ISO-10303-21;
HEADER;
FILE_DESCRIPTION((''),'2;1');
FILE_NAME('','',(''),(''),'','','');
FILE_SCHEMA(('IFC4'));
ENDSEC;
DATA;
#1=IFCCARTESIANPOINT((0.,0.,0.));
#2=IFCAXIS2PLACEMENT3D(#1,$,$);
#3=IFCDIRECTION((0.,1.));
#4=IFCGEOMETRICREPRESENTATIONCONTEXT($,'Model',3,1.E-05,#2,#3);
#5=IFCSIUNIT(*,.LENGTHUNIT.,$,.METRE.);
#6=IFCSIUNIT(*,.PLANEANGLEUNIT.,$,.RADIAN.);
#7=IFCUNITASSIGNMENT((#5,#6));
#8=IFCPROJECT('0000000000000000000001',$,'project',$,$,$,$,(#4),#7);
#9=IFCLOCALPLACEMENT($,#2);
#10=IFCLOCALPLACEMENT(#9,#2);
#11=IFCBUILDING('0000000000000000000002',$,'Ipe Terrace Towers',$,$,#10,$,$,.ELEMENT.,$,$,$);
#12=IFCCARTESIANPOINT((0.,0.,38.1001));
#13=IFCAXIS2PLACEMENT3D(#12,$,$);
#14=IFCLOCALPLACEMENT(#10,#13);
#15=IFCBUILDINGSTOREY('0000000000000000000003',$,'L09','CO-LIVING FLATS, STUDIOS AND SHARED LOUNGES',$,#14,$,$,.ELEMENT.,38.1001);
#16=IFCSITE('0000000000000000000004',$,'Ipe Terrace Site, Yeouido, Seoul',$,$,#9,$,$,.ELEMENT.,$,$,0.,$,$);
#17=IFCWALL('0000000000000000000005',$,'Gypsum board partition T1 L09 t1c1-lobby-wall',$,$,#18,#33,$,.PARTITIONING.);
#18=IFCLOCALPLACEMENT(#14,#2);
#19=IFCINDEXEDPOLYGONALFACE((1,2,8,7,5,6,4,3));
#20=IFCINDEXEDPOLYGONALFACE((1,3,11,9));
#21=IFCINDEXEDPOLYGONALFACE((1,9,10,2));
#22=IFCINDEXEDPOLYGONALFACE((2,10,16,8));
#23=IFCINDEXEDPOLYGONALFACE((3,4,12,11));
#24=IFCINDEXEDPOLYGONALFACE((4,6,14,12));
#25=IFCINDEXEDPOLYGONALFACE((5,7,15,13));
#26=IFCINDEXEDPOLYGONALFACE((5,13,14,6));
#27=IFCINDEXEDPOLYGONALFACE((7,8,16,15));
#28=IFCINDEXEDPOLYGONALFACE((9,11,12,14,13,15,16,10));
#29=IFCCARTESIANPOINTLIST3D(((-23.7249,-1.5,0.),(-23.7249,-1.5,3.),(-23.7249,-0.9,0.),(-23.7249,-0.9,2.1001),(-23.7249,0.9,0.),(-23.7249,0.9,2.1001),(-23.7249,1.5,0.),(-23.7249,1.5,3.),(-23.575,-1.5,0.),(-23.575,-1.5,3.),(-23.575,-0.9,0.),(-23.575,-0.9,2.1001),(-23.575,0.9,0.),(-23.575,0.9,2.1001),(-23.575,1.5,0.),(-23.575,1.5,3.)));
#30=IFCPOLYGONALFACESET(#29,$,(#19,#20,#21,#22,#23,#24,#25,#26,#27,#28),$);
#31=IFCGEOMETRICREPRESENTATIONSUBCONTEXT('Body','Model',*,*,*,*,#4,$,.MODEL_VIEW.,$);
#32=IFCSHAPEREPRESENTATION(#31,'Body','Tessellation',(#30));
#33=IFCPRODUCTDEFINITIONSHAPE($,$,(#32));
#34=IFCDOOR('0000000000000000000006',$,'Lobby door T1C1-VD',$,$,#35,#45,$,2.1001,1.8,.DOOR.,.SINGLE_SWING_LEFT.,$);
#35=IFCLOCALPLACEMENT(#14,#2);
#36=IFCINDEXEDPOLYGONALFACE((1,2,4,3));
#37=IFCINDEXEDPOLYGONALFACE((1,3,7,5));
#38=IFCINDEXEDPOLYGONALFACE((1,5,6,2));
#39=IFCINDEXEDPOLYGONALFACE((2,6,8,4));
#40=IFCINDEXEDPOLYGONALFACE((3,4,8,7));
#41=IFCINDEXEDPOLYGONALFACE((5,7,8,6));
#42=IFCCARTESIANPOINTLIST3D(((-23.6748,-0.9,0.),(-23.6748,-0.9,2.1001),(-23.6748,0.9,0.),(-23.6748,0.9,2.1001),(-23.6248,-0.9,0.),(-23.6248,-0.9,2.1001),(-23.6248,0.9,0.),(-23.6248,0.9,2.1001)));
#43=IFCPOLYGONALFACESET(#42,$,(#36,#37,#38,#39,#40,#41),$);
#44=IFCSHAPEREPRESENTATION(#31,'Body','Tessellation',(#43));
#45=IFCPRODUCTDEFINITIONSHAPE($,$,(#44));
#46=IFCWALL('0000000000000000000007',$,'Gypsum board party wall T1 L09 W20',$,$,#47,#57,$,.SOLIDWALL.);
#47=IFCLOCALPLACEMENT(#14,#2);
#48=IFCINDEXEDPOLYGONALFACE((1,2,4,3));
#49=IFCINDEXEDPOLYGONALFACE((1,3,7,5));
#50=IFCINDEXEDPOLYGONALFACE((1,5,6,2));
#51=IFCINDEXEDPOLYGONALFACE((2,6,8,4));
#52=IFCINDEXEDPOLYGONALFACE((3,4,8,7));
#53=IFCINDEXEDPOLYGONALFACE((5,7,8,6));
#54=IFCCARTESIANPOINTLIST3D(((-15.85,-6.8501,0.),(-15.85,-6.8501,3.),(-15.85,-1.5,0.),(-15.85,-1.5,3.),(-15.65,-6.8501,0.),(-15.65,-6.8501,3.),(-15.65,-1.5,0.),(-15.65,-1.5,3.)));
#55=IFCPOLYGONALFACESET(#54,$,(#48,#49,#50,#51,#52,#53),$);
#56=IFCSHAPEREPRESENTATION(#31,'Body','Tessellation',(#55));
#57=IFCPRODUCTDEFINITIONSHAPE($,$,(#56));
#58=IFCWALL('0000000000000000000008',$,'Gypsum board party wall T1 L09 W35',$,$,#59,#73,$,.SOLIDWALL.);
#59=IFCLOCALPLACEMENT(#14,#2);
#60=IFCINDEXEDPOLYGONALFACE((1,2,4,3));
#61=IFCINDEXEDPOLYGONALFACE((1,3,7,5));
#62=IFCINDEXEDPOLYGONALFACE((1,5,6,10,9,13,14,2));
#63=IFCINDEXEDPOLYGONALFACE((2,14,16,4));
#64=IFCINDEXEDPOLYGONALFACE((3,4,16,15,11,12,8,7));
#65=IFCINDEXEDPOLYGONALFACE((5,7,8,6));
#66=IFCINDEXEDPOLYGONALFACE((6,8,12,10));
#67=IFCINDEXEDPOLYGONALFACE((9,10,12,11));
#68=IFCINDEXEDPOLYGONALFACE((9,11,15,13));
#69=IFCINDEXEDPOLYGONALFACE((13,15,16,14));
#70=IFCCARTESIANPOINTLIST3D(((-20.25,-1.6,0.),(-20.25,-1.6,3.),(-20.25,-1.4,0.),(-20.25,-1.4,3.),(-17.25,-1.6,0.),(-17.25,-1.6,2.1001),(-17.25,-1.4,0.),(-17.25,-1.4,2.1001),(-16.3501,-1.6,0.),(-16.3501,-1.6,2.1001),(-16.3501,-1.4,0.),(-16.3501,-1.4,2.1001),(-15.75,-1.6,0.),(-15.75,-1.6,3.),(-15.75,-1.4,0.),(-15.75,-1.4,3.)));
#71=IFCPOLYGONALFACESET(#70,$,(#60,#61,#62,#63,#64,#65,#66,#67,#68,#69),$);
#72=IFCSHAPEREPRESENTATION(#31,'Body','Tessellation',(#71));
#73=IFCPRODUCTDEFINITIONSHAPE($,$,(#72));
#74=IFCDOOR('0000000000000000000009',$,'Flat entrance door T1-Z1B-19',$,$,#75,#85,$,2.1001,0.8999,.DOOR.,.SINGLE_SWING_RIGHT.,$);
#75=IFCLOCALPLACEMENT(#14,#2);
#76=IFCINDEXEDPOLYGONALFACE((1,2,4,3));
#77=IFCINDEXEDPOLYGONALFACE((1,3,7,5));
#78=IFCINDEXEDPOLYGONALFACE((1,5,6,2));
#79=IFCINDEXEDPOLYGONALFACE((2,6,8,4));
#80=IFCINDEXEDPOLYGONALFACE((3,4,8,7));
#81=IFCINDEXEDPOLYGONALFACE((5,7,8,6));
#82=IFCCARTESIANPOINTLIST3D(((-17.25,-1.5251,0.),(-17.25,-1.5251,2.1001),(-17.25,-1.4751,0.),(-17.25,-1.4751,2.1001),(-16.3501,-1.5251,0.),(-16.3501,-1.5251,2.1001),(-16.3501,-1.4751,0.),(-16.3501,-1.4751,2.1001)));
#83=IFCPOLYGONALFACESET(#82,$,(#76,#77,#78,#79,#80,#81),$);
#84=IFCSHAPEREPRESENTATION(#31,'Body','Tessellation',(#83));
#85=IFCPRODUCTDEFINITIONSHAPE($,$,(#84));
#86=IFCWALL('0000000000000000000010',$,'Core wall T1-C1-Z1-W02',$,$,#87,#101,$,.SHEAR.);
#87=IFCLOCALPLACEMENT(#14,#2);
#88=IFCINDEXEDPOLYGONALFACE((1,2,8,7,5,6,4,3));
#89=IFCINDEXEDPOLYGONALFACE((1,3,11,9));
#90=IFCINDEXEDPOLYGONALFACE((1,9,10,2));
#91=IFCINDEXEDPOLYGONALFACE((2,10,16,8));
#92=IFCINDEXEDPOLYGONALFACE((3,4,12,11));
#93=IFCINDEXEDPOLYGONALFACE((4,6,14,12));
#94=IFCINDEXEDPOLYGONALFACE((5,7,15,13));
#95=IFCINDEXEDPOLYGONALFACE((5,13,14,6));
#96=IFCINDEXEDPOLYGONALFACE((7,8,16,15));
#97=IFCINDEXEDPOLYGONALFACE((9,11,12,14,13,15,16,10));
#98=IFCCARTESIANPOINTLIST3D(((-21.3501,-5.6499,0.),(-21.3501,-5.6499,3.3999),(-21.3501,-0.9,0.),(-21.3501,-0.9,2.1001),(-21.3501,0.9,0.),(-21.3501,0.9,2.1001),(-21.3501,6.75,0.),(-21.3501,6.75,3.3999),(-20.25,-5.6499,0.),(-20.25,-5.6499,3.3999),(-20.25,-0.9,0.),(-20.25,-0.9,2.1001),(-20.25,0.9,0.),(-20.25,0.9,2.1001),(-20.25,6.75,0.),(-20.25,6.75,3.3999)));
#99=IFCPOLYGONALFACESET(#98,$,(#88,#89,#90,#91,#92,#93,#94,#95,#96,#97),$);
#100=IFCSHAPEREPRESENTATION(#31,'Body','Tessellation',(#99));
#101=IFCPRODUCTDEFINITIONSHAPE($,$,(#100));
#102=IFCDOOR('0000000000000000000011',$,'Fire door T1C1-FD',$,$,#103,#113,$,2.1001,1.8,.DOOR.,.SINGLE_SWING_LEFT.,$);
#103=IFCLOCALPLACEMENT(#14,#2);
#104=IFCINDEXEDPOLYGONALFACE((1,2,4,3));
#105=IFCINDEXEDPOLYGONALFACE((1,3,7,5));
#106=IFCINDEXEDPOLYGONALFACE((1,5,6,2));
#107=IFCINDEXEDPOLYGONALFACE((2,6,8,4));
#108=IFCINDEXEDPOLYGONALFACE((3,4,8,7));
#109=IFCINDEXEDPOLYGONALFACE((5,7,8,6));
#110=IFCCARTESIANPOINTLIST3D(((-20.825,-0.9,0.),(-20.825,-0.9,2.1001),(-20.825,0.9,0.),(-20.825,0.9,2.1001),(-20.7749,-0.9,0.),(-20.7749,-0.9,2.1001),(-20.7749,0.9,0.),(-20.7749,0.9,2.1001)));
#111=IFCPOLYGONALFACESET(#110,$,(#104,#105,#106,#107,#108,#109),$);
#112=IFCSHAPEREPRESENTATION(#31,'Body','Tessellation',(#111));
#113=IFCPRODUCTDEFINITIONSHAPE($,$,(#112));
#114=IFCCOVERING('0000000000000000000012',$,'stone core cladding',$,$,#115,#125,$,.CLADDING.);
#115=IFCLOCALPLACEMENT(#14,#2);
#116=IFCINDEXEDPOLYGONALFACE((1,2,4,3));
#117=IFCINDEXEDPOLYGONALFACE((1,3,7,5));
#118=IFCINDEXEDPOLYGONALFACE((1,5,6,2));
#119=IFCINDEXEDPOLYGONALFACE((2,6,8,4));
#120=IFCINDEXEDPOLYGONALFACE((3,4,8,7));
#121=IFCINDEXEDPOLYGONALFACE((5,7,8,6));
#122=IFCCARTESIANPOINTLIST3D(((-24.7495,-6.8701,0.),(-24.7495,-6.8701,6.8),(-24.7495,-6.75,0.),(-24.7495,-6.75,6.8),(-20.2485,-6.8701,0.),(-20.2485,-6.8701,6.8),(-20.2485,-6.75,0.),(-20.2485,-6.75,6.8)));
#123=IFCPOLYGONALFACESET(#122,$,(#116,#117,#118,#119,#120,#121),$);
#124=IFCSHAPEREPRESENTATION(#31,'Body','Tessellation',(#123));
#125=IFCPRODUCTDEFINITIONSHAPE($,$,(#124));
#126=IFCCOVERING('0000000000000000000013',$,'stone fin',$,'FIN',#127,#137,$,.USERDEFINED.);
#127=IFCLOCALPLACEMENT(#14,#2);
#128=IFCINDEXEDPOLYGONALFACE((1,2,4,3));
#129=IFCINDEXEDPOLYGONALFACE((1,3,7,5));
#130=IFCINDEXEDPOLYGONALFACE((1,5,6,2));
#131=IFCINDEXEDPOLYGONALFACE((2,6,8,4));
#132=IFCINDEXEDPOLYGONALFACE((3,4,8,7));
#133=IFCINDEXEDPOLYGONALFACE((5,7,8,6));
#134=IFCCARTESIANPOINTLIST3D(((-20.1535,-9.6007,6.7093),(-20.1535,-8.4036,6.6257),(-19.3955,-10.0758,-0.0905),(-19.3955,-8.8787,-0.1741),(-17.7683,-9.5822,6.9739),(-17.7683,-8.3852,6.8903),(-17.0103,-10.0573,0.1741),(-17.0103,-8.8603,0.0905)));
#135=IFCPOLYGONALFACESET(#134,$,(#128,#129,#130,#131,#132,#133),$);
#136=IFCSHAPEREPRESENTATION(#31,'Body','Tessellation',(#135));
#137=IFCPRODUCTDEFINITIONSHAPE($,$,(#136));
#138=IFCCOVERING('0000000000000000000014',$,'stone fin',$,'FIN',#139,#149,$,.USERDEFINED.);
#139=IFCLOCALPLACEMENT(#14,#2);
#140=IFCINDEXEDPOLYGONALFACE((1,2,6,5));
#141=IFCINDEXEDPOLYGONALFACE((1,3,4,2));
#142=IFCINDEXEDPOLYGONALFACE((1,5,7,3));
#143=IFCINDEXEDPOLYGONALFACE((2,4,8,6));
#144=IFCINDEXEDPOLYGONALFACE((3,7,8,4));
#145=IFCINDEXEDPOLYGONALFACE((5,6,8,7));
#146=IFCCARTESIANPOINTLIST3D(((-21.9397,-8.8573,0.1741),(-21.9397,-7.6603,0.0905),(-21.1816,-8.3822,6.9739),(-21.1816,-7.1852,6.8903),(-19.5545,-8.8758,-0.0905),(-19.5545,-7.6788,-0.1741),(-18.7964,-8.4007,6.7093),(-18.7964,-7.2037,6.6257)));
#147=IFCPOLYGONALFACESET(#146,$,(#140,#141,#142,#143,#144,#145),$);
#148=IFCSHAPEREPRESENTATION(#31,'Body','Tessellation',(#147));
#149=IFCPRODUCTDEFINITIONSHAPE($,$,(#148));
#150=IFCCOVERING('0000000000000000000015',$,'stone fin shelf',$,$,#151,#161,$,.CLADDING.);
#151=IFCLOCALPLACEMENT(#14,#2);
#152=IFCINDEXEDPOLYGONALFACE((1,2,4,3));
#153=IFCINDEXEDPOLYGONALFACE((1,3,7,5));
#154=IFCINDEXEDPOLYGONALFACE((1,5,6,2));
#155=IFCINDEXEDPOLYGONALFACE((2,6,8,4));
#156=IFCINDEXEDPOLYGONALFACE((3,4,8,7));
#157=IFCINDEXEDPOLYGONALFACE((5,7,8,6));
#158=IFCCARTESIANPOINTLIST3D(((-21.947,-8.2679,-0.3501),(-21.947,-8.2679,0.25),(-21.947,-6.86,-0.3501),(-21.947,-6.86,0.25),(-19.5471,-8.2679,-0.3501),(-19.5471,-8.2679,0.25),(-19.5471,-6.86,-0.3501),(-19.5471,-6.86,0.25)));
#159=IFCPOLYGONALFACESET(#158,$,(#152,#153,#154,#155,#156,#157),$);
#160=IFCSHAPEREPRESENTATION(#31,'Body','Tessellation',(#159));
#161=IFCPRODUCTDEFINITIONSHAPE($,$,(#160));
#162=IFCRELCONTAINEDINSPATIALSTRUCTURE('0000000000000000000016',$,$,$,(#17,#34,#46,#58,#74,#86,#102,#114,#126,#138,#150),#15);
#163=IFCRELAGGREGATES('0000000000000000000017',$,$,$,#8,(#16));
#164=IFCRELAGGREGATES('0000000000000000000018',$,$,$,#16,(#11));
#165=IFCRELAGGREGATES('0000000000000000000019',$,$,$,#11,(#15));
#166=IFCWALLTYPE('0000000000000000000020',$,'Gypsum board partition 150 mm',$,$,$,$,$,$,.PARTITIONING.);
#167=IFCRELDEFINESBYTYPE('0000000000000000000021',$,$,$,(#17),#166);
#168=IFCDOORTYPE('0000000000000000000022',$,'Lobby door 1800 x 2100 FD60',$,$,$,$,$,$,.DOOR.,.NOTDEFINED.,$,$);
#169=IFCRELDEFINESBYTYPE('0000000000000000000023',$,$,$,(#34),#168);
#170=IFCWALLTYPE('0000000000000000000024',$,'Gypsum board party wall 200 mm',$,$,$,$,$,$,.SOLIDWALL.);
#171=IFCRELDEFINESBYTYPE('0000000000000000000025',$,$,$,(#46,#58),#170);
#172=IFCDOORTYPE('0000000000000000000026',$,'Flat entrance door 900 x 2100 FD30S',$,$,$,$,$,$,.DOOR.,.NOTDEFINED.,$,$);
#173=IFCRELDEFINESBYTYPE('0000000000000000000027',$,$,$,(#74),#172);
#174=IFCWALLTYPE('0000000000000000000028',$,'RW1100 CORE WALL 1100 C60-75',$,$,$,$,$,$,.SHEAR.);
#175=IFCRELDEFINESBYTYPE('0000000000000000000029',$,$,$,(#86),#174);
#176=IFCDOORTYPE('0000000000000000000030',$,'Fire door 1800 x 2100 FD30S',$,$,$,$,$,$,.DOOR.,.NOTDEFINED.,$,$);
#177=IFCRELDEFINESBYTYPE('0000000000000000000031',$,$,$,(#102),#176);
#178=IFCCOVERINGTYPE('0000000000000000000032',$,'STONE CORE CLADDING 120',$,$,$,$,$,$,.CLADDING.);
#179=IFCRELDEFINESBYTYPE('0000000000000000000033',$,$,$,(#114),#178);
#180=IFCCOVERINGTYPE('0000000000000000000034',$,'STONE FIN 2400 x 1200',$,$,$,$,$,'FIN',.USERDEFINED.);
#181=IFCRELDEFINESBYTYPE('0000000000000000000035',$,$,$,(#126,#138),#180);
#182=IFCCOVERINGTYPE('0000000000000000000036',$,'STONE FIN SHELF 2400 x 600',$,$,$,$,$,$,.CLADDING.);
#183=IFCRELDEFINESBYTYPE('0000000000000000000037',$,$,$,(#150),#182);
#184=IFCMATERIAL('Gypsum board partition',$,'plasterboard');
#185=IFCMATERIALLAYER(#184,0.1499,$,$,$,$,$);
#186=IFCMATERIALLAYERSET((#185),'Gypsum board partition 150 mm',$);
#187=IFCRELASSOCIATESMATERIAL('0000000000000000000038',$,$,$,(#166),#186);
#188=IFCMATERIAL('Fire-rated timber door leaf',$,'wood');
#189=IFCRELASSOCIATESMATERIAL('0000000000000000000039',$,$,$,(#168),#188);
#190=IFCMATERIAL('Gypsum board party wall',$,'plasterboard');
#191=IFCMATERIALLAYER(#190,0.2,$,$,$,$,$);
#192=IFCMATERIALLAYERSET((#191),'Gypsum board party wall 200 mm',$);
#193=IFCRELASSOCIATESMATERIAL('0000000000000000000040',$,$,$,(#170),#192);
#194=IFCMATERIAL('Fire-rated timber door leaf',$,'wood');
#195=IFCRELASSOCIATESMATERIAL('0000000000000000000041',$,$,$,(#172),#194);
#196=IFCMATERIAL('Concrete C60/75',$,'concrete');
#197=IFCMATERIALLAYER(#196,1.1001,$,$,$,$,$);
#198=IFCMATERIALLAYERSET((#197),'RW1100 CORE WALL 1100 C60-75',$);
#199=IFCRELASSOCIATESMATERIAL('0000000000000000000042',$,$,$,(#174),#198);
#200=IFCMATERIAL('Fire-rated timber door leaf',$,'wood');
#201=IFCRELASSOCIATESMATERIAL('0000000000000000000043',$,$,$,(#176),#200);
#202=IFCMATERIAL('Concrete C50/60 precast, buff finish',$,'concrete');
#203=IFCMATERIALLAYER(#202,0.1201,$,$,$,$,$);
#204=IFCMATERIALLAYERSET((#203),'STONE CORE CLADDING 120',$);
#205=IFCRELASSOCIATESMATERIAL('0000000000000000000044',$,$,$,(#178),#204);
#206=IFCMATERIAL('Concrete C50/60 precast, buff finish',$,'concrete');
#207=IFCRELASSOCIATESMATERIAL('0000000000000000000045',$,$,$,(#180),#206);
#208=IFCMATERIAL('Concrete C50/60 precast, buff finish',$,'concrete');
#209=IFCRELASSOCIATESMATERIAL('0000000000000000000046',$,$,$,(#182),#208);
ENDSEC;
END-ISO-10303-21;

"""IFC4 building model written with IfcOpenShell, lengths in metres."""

from ifc_helpers import new_model, si_unit, direction, frame, frame_2d, origin, origin_2d, place, context, subcontext, project, spatial, rectangle, extrude, material, layer, layer_set, material_profile, profile_set, type_object, element, fill, save


model = new_model("IFC4")

# Units and contexts
model_context = context("Model", 3, precision=1e-05, world=origin(), true_north=direction((0.0, 1.0)))
body_context = subcontext(model_context, "Body", "Model", "MODEL_VIEW")
ifc_project = project(units=[si_unit("LENGTHUNIT", "METRE"), si_unit("PLANEANGLEUNIT", "RADIAN")], contexts=[model_context])

# Site, building, storey
site_placement = place(None, origin())
site = spatial("IfcSite", under=ifc_project, at=site_placement, Name="Ipe Terrace Site, Yeouido, Seoul", CompositionType="ELEMENT", RefElevation=0.0)
building_placement = place(site_placement, origin())
building = spatial("IfcBuilding", under=site, at=building_placement, Name="Ipe Terrace Towers", CompositionType="ELEMENT")
storey_placement = place(building_placement, frame((0.0, 0.0, 38.1001)))
storey = spatial("IfcBuildingStorey", under=building, at=storey_placement, Name="L09", Description="CO-LIVING FLATS, STUDIOS AND SHARED LOUNGES", CompositionType="ELEMENT", Elevation=38.1001)

# Wall, opening, door
ifc_material_1 = material(Name="Gypsum board partition", Category="plasterboard")
ifc_layer_1 = layer(ifc_material_1, 0.1499)
ifc_layer_set_1 = layer_set([ifc_layer_1], Name="Gypsum board partition 150 mm")
wall_type_1 = type_object("IfcWallType", Name="Gypsum board partition 150 mm", PredefinedType="PARTITIONING", material=ifc_layer_set_1)
wall_1_placement = place(storey_placement, frame((-23.6499, -1.5, 0.0), z_axis=(0.0, 0.0, 1.0), x_axis=(0.0, 1.0, 0.0)))
wall_1 = element("IfcWall", 1, at=wall_1_placement, inside=storey, type_object=wall_type_1, Name="Gypsum board partition T1 L09 t1c1-lobby-wall", PredefinedType="PARTITIONING", context=body_context, shape_type="SweptSolid", body=[
    extrude(rectangle(XDim=3.0, YDim=0.1499, at=frame_2d((1.5, 0.0))), origin(), (0.0, 0.0, 1.0), 3.0),
])
opening_1_placement = place(wall_1_placement, frame((0.6001, 0.0, 0.0)))
opening_1 = element("IfcOpeningElement", 2, at=opening_1_placement, cuts=wall_1, PredefinedType="OPENING", context=body_context, shape_type="SweptSolid", body=[
    extrude(rectangle(XDim=1.8, YDim=2.1001, at=frame_2d((0.8999, 1.05))), frame((0.0, 0.085, 0.0), z_axis=(0.0, -1.0, 0.0), x_axis=(1.0, 0.0, 0.0)), (0.0, 0.0, 1.0), 0.1699),
])
ifc_material_2 = material(Name="Fire-rated timber door leaf", Category="wood")
door_type_1 = type_object("IfcDoorType", Name="Lobby door 1800 x 2100 FD60", OperationType="NOTDEFINED", PredefinedType="DOOR", material=ifc_material_2)
door_1_placement = place(opening_1_placement, origin())
door_1 = element("IfcDoor", 3, at=door_1_placement, inside=storey, type_object=door_type_1, Name="Lobby door T1C1-VD", OperationType="SINGLE_SWING_LEFT", OverallHeight=2.1001, OverallWidth=1.8, PredefinedType="DOOR", context=body_context, shape_type="SweptSolid", body=[
    extrude(rectangle(XDim=1.8, YDim=2.1001, at=frame_2d((0.8999, 1.05))), frame((0.0, 0.0249, 0.0), z_axis=(0.0, -1.0, 0.0), x_axis=(1.0, 0.0, 0.0)), (0.0, 0.0, 1.0), 0.05),
])
fill(opening_1, door_1)

# Wall
ifc_material_3 = material(Name="Gypsum board party wall", Category="plasterboard")
ifc_layer_2 = layer(ifc_material_3, 0.2)
ifc_layer_set_2 = layer_set([ifc_layer_2], Name="Gypsum board party wall 200 mm")
wall_type_2 = type_object("IfcWallType", Name="Gypsum board party wall 200 mm", PredefinedType="SOLIDWALL", material=ifc_layer_set_2)
wall_2_placement = place(storey_placement, frame((-15.75, -6.8501, 0.0), z_axis=(0.0, 0.0, 1.0), x_axis=(0.0, 1.0, 0.0)))
element("IfcWall", 4, at=wall_2_placement, inside=storey, type_object=wall_type_2, Name="Gypsum board party wall T1 L09 W20", PredefinedType="SOLIDWALL", context=body_context, shape_type="SweptSolid", body=[
    extrude(rectangle(XDim=5.3501, YDim=0.2, at=frame_2d((2.675, 0.0))), origin(), (0.0, 0.0, 1.0), 3.0),
])

# Walls, openings, doors
wall_3_placement = place(storey_placement, frame((-20.25, -1.5, 0.0), z_axis=(0.0, 0.0, 1.0), x_axis=(1.0, 0.0, 0.0)))
wall_3 = element("IfcWall", 5, at=wall_3_placement, inside=storey, type_object=wall_type_2, Name="Gypsum board party wall T1 L09 W35", PredefinedType="SOLIDWALL", context=body_context, shape_type="SweptSolid", body=[
    extrude(rectangle(XDim=4.5, YDim=0.2, at=frame_2d((2.25, 0.0))), origin(), (0.0, 0.0, 1.0), 3.0),
])
opening_2_placement = place(wall_3_placement, frame((3.0, 0.0, 0.0)))
opening_2 = element("IfcOpeningElement", 6, at=opening_2_placement, cuts=wall_3, PredefinedType="OPENING", context=body_context, shape_type="SweptSolid", body=[
    extrude(rectangle(XDim=0.8999, YDim=2.1001, at=frame_2d((0.45, 1.05))), frame((0.0, 0.1099, 0.0), z_axis=(0.0, -1.0, 0.0), x_axis=(1.0, 0.0, 0.0)), (0.0, 0.0, 1.0), 0.22),
])
ifc_material_4 = material(Name="Fire-rated timber door leaf", Category="wood")
door_type_2 = type_object("IfcDoorType", Name="Flat entrance door 900 x 2100 FD30S", OperationType="NOTDEFINED", PredefinedType="DOOR", material=ifc_material_4)
door_2_placement = place(opening_2_placement, origin())
door_2 = element("IfcDoor", 7, at=door_2_placement, inside=storey, type_object=door_type_2, Name="Flat entrance door T1-Z1B-19", OperationType="SINGLE_SWING_RIGHT", OverallHeight=2.1001, OverallWidth=0.8999, PredefinedType="DOOR", context=body_context, shape_type="SweptSolid", body=[
    extrude(rectangle(XDim=0.8999, YDim=2.1001, at=frame_2d((0.45, 1.05))), frame((0.0, 0.0249, 0.0), z_axis=(0.0, -1.0, 0.0), x_axis=(1.0, 0.0, 0.0)), (0.0, 0.0, 1.0), 0.05),
])
fill(opening_2, door_2)
ifc_material_5 = material(Name="Concrete C60/75", Category="concrete")
ifc_layer_3 = layer(ifc_material_5, 1.1001)
ifc_layer_set_3 = layer_set([ifc_layer_3], Name="RW1100 CORE WALL 1100 C60-75")
wall_type_3 = type_object("IfcWallType", Name="RW1100 CORE WALL 1100 C60-75", PredefinedType="SHEAR", material=ifc_layer_set_3)
wall_4_placement = place(storey_placement, frame((-20.8, -5.6499, 0.0), z_axis=(0.0, 0.0, 1.0), x_axis=(0.0, 1.0, 0.0)))
wall_4 = element("IfcWall", 8, at=wall_4_placement, inside=storey, type_object=wall_type_3, Name="Core wall T1-C1-Z1-W02", PredefinedType="SHEAR", context=body_context, shape_type="SweptSolid", body=[
    extrude(rectangle(XDim=12.3999, YDim=1.1001, at=frame_2d((6.2, 0.0))), origin(), (0.0, 0.0, 1.0), 3.3999),
])
opening_3_placement = place(wall_4_placement, frame((4.75, 0.0, 0.0)))
opening_3 = element("IfcOpeningElement", 9, at=opening_3_placement, cuts=wall_4, PredefinedType="OPENING", context=body_context, shape_type="SweptSolid", body=[
    extrude(rectangle(XDim=1.8, YDim=2.1001, at=frame_2d((0.8999, 1.05))), frame((0.0, 0.5601, 0.0), z_axis=(0.0, -1.0, 0.0), x_axis=(1.0, 0.0, 0.0)), (0.0, 0.0, 1.0), 1.1201),
])
ifc_material_6 = material(Name="Fire-rated timber door leaf", Category="wood")
door_type_3 = type_object("IfcDoorType", Name="Fire door 1800 x 2100 FD30S", OperationType="NOTDEFINED", PredefinedType="DOOR", material=ifc_material_6)
door_3_placement = place(opening_3_placement, origin())
door_3 = element("IfcDoor", 10, at=door_3_placement, inside=storey, type_object=door_type_3, Name="Fire door T1C1-FD", OperationType="SINGLE_SWING_LEFT", OverallHeight=2.1001, OverallWidth=1.8, PredefinedType="DOOR", context=body_context, shape_type="SweptSolid", body=[
    extrude(rectangle(XDim=1.8, YDim=2.1001, at=frame_2d((0.8999, 1.05))), frame((0.0, 0.0249, 0.0), z_axis=(0.0, -1.0, 0.0), x_axis=(1.0, 0.0, 0.0)), (0.0, 0.0, 1.0), 0.05),
])
fill(opening_3, door_3)

# Coverings
ifc_material_7 = material(Name="Concrete C50/60 precast, buff finish", Category="concrete")
ifc_layer_4 = layer(ifc_material_7, 0.1201)
ifc_layer_set_4 = layer_set([ifc_layer_4], Name="STONE CORE CLADDING 120")
covering_type_1 = type_object("IfcCoveringType", Name="STONE CORE CLADDING 120", PredefinedType="CLADDING", material=ifc_layer_set_4)
covering_1_placement = place(storey_placement, frame((-22.499, -6.8101, 0.0), z_axis=(0.0, 0.0, 1.0), x_axis=(1.0, 0.0, 0.0)))
element("IfcCovering", 11, at=covering_1_placement, inside=storey, type_object=covering_type_1, Name="stone core cladding", PredefinedType="CLADDING", context=body_context, shape_type="SweptSolid", body=[
    extrude(rectangle(XDim=4.501, YDim=0.1201, at=origin_2d()), origin(), (0.0, 0.0, 1.0), 6.8),
])
ifc_material_8 = material(Name="Concrete C50/60 precast, buff finish", Category="concrete")
ifc_material_profile_1 = material_profile(ifc_material_8, rectangle(XDim=2.3999, YDim=1.2, at=origin_2d()), Name="STONE FIN 2400 x 1200")
ifc_profile_set_1 = profile_set([ifc_material_profile_1], Name="Concrete C50/60 precast, buff finish")
covering_type_2 = type_object("IfcCoveringType", Name="STONE FIN 2400 x 1200", ElementType="FIN", PredefinedType="USERDEFINED", material=ifc_profile_set_1)
for number, where, z_axis, x_axis, name in (
    (12, (-18.2029, -9.468, 0.0), (-0.11053, 0.069272, 0.991456), (0.993873, 0.007704, 0.110261), "stone fin"),
    (13, (-20.7471, -8.2681, 0.0), (0.11053, 0.069272, 0.991456), (0.993873, -0.007704, -0.110261), "stone fin"),
):
    element("IfcCovering", number, at=place(storey_placement, frame(where, z_axis=z_axis, x_axis=x_axis)), inside=storey, type_object=covering_type_2, Name=name, ObjectType="FIN", PredefinedType="USERDEFINED", context=body_context, shape_type="SweptSolid", body=[
        extrude(rectangle(XDim=2.3999, YDim=1.2, at=origin_2d()), origin(), (0.0, 0.0, 1.0), 6.8584),
    ])
ifc_material_9 = material(Name="Concrete C50/60 precast, buff finish", Category="concrete")
covering_type_3 = type_object("IfcCoveringType", Name="STONE FIN SHELF 2400 x 600", PredefinedType="CLADDING", material=ifc_material_9)
covering_2_placement = place(storey_placement, frame((-20.7471, -7.564, -0.3501), z_axis=(0.0, 0.0, 1.0), x_axis=(1.0, 0.0, 0.0)))
element("IfcCovering", 14, at=covering_2_placement, inside=storey, type_object=covering_type_3, Name="stone fin shelf", PredefinedType="CLADDING", context=body_context, shape_type="SweptSolid", body=[
    extrude(rectangle(XDim=2.3999, YDim=1.408, at=origin_2d()), origin(), (0.0, 0.0, 1.0), 0.6001),
])

save(model, "model.ifc")
